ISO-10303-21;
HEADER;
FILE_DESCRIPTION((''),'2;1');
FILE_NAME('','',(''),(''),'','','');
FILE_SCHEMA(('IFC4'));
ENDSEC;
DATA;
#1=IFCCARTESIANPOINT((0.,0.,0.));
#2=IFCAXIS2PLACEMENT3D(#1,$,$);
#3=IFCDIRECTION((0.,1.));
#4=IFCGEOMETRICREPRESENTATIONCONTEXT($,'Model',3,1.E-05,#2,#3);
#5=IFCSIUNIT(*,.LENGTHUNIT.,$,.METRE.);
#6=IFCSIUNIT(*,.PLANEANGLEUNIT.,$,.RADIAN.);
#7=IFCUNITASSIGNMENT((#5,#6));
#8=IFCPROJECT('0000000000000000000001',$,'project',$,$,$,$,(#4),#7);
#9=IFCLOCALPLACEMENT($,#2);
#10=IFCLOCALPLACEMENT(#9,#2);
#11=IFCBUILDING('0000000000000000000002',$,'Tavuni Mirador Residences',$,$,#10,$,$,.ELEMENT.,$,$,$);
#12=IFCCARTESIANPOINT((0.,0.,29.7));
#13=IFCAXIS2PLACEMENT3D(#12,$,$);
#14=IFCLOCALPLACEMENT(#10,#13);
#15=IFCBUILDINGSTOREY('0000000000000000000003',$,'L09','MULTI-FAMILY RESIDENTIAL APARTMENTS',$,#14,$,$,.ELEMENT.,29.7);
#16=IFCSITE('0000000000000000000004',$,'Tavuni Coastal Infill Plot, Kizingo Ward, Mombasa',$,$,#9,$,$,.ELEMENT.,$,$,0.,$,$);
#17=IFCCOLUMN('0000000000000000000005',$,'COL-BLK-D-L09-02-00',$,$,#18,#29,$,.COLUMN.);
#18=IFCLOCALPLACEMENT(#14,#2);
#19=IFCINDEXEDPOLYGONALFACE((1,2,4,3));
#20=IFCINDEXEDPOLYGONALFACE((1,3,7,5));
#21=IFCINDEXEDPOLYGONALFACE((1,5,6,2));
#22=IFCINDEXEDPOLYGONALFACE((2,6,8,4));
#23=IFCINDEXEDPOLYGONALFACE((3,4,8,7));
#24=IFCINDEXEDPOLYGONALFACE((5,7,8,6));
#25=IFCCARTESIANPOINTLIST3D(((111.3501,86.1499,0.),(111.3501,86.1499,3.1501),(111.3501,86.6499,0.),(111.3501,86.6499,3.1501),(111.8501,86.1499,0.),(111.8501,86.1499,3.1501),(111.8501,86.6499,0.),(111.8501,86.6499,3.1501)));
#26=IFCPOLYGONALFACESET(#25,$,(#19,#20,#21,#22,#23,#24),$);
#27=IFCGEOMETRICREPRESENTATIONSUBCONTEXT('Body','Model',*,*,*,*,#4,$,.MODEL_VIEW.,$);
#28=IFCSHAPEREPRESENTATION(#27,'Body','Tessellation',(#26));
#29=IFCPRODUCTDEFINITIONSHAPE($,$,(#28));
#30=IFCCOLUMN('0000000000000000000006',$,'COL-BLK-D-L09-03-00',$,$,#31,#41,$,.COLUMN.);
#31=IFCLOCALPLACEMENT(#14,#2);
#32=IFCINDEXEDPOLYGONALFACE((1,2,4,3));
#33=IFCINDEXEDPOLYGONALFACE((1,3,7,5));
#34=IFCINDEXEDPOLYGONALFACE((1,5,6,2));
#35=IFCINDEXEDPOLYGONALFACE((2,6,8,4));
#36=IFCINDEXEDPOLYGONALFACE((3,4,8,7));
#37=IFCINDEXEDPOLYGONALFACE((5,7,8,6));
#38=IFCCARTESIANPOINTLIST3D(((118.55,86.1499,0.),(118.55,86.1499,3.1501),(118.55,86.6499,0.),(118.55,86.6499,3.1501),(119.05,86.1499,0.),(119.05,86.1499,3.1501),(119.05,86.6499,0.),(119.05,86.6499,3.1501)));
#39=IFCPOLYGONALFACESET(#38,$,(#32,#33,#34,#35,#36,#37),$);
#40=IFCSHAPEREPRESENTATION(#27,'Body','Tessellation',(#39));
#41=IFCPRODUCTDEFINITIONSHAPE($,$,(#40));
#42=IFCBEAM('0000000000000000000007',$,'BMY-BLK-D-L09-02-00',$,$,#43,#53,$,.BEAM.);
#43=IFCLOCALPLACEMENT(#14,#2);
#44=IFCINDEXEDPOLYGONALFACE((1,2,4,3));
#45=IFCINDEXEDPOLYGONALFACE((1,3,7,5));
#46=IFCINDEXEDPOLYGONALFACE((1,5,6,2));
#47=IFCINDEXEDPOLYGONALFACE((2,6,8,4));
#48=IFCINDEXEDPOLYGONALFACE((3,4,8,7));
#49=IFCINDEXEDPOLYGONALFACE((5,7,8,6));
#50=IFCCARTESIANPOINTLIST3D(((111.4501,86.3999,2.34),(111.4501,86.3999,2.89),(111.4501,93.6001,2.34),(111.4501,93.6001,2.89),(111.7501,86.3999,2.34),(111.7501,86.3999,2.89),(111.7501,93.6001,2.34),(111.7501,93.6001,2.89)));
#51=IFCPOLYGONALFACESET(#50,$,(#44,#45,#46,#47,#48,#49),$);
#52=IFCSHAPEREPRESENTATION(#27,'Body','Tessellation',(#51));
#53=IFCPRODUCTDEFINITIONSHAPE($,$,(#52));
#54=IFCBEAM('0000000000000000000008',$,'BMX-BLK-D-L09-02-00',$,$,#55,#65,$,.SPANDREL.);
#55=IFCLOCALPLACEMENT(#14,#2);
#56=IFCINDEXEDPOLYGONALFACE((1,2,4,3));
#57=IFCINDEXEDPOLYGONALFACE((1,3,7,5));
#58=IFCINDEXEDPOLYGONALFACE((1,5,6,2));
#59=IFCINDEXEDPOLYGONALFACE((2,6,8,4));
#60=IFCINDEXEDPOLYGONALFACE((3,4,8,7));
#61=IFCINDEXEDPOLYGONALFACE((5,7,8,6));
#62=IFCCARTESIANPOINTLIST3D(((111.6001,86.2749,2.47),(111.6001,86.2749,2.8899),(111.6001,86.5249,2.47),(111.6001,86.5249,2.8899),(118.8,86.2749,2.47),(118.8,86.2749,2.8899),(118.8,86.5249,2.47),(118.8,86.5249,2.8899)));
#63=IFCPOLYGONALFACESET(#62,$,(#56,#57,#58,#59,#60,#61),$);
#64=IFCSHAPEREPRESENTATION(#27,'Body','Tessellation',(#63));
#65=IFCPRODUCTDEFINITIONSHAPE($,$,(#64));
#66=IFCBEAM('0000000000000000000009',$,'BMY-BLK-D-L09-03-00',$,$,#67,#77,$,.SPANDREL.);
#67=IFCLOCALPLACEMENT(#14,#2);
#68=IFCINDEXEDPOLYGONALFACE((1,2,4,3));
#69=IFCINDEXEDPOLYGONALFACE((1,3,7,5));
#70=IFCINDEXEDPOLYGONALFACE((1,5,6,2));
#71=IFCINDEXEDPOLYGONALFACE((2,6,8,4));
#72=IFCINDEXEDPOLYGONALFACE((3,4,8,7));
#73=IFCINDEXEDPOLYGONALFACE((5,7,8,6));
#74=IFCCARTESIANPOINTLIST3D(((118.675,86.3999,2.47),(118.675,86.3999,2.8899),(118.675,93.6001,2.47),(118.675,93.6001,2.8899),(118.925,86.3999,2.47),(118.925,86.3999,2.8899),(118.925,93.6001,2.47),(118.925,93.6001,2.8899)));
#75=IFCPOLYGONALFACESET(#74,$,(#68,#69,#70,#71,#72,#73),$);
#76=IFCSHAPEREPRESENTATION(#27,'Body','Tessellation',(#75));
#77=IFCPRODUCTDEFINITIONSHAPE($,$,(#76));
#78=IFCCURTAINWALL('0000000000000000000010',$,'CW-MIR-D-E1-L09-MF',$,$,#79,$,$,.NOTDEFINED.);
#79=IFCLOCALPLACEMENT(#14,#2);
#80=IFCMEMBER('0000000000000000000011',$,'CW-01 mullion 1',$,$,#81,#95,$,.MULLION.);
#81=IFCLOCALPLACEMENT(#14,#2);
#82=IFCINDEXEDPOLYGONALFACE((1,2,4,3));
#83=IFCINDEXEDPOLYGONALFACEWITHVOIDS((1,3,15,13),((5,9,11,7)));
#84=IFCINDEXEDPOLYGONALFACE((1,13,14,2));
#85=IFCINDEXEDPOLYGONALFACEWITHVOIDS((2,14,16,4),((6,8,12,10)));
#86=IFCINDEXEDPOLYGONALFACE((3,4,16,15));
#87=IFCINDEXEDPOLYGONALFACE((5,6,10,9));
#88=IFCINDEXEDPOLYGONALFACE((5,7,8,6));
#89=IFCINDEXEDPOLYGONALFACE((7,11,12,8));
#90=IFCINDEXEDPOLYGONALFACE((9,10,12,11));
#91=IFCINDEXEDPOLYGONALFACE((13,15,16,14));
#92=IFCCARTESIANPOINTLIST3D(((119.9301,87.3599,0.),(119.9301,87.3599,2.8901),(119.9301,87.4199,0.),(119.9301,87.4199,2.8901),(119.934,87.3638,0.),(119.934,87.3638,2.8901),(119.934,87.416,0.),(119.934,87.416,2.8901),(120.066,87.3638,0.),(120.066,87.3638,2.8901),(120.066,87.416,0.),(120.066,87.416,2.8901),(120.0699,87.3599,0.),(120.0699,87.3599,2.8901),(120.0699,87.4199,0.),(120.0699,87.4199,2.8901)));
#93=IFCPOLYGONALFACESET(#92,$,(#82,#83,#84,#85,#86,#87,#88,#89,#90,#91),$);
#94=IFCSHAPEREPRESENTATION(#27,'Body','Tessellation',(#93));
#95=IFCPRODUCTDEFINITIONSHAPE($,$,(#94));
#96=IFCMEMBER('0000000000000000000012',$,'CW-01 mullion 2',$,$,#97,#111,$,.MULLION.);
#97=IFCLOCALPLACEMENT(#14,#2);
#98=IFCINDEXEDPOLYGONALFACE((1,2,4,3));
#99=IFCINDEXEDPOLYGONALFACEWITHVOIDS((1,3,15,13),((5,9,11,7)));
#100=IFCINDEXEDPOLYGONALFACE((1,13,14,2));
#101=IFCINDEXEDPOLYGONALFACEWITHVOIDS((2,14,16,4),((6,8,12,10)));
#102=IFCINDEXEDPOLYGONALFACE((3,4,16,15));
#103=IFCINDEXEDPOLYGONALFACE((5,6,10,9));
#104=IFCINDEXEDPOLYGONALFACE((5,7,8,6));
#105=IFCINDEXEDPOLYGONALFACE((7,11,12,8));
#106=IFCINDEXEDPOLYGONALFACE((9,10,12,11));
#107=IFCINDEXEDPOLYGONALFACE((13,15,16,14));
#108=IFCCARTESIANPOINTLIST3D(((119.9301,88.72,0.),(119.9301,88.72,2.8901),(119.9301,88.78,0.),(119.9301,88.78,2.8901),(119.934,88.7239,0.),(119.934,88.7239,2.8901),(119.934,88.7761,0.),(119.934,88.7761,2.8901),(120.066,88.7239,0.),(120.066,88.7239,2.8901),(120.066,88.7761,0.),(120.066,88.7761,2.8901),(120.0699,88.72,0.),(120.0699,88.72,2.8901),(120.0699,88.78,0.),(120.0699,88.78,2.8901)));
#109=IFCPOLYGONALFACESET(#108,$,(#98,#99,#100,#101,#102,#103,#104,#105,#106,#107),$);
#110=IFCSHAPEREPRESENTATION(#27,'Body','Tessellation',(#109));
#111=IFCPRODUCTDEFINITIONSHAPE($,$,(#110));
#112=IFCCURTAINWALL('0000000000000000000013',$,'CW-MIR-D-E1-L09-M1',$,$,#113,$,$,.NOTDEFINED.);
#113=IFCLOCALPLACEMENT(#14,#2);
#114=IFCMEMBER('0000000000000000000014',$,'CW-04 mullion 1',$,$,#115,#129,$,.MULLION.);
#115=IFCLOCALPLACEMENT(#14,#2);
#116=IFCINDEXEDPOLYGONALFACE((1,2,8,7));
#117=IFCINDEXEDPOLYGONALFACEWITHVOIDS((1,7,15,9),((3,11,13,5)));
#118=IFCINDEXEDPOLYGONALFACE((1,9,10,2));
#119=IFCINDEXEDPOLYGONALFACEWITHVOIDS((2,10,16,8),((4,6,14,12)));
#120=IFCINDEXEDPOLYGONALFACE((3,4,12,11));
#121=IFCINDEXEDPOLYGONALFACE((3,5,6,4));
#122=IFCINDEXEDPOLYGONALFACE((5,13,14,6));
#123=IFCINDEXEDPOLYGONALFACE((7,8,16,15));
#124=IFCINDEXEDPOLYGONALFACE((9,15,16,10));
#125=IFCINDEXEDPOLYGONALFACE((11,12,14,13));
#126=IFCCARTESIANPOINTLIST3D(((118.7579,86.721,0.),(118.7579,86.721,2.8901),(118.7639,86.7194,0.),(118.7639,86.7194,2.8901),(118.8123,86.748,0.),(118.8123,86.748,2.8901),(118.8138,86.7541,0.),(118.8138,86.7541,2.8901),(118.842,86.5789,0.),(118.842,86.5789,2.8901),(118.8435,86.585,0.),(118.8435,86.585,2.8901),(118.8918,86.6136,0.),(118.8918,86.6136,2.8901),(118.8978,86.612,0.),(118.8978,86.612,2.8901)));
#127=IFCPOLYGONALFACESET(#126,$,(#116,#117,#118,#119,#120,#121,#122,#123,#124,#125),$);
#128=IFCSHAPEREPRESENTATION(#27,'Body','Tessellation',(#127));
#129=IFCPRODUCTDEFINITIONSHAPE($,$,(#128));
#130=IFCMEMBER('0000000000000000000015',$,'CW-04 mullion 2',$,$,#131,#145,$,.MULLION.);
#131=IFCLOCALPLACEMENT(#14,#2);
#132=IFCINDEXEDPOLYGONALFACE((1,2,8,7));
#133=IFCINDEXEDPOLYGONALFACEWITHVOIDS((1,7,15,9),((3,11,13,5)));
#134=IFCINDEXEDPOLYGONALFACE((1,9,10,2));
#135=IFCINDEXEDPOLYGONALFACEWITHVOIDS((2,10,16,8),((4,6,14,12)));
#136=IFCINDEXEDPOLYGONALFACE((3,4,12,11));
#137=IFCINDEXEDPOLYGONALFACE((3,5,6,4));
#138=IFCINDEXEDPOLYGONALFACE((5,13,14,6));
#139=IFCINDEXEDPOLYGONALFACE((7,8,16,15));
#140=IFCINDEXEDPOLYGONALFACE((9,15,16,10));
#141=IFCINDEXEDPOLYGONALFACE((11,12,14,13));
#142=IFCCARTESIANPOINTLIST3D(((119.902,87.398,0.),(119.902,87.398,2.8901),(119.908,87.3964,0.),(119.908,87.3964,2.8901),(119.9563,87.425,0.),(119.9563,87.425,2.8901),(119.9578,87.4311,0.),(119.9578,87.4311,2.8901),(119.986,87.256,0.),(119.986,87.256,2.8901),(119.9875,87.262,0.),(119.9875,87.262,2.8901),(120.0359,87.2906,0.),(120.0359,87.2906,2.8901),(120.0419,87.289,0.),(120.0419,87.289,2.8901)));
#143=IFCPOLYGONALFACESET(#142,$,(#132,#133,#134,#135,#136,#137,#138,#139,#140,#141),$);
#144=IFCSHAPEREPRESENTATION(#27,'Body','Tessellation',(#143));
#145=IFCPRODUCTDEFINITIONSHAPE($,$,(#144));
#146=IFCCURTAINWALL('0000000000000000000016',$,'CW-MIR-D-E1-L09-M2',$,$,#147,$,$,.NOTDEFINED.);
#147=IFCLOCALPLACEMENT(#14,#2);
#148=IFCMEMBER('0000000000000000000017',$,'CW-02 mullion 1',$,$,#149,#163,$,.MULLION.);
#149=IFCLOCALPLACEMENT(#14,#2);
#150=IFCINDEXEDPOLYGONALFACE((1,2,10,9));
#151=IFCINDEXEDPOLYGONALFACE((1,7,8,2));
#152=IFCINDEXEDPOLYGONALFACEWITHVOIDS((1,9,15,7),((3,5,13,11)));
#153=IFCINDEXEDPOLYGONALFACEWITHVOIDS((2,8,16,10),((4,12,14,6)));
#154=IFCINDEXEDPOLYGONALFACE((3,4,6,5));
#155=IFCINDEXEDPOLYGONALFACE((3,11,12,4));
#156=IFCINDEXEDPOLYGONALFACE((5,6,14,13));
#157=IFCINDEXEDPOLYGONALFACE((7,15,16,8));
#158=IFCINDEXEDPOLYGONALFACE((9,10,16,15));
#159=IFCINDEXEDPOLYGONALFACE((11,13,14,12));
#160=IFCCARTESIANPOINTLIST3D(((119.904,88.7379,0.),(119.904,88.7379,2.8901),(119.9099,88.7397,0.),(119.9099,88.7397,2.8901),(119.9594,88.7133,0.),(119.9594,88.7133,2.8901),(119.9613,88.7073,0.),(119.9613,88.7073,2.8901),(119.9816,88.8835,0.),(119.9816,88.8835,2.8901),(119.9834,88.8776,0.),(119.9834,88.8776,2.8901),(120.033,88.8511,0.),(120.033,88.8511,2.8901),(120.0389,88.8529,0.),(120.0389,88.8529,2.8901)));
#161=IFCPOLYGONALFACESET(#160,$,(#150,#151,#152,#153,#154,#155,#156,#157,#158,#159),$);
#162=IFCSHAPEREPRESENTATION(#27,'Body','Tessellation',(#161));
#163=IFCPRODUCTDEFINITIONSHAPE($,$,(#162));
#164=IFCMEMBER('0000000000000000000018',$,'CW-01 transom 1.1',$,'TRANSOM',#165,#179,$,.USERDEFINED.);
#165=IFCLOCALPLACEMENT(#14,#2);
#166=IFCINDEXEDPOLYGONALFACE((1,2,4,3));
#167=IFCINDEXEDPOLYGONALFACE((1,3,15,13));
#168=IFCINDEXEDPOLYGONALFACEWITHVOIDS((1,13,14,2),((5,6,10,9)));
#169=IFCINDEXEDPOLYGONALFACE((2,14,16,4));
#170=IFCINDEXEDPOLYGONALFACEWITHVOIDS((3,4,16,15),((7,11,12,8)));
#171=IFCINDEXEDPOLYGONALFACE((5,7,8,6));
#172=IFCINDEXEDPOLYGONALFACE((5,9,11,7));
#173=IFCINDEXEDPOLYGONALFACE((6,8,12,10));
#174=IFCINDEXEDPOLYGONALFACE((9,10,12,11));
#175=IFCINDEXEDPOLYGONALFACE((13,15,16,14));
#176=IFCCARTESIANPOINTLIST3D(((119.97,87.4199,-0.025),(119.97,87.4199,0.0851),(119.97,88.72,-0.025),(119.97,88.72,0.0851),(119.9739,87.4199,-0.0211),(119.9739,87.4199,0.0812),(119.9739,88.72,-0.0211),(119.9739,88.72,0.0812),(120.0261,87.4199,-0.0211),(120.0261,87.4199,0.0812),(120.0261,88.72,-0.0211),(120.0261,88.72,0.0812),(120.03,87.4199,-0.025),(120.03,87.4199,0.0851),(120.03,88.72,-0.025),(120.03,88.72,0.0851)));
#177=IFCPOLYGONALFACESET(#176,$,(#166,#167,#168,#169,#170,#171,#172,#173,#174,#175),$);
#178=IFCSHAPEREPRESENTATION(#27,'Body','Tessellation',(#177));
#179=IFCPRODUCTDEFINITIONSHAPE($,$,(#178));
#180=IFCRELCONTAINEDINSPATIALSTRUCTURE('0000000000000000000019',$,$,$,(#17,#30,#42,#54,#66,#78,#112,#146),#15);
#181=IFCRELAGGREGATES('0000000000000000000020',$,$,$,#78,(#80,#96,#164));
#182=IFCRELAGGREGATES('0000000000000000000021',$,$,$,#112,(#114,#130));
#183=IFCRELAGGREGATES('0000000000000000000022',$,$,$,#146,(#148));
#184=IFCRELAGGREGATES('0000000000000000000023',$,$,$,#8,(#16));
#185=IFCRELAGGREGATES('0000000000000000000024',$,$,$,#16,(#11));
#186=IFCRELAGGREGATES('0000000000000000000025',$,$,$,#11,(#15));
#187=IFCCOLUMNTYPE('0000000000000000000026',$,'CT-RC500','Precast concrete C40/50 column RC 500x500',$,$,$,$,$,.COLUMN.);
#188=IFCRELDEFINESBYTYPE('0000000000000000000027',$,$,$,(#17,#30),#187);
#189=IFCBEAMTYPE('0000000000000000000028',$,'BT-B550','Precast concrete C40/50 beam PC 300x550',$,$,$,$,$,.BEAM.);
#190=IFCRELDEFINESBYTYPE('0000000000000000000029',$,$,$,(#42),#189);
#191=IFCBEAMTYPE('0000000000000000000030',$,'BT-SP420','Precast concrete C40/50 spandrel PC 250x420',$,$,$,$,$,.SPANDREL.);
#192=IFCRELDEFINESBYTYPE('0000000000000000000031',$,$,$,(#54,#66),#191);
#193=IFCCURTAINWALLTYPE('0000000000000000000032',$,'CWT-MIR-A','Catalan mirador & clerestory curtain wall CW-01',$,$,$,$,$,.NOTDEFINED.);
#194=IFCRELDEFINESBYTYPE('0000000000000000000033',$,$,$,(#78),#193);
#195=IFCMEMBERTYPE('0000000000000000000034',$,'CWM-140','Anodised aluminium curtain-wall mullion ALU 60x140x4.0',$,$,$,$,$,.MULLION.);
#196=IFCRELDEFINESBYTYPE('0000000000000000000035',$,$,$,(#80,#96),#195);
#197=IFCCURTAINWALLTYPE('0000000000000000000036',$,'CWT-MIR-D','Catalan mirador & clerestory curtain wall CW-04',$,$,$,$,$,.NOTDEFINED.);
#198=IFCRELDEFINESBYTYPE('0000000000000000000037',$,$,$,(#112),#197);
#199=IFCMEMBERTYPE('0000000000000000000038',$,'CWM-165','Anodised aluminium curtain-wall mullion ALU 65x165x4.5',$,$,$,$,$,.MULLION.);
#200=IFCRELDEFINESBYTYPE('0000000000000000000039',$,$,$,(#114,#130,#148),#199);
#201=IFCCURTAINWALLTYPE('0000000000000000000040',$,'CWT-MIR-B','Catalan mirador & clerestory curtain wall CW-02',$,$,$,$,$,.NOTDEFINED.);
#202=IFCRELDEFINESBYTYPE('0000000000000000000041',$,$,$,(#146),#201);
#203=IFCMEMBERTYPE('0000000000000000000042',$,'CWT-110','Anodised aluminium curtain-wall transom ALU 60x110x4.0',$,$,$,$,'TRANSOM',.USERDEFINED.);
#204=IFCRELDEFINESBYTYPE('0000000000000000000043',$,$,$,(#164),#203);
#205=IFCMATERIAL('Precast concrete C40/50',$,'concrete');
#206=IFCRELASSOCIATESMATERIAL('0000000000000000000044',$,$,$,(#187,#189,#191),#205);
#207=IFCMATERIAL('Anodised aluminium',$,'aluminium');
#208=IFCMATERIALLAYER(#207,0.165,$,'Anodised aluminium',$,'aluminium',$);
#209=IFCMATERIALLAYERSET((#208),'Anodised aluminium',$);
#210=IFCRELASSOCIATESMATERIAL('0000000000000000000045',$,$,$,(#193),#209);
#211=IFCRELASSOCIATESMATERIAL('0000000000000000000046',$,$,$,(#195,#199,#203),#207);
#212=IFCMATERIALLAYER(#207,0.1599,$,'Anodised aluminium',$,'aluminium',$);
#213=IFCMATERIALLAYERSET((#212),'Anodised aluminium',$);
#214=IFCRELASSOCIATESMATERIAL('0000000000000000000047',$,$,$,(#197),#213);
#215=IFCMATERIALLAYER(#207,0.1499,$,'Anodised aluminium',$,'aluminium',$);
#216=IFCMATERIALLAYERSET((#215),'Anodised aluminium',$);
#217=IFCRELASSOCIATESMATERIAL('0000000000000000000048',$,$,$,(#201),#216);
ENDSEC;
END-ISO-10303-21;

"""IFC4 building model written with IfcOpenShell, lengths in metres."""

from ifc_helpers import new_model, si_unit, direction, frame, origin, origin_2d, place, context, subcontext, project, spatial, rectangle, hollow_rectangle, extrude, material, layer, layer_set, material_profile, profile_set, type_object, element, aggregate, save


model = new_model("IFC4")

# Units and contexts
model_context = context("Model", 3, precision=1e-05, world=origin(), true_north=direction((0.0, 1.0)))
body_context = subcontext(model_context, "Body", "Model", "MODEL_VIEW")
ifc_project = project(units=[si_unit("LENGTHUNIT", "METRE"), si_unit("PLANEANGLEUNIT", "RADIAN")], contexts=[model_context])

# Site, building, storey
site_placement = place(None, origin())
site = spatial("IfcSite", under=ifc_project, at=site_placement, Name="Tavuni Coastal Infill Plot, Kizingo Ward, Mombasa", CompositionType="ELEMENT", RefElevation=0.0)
building_placement = place(site_placement, origin())
building = spatial("IfcBuilding", under=site, at=building_placement, Name="Tavuni Mirador Residences", CompositionType="ELEMENT")
storey_placement = place(building_placement, frame((0.0, 0.0, 29.7)))
storey = spatial("IfcBuildingStorey", under=building, at=storey_placement, Name="L09", Description="MULTI-FAMILY RESIDENTIAL APARTMENTS", CompositionType="ELEMENT", Elevation=29.7)

# Columns
ifc_material_1 = material(Name="Precast concrete C40/50", Category="concrete")
ifc_material_profile_1 = material_profile(ifc_material_1, rectangle(XDim=0.5, YDim=0.5, at=origin_2d()), Name="RC 500x500", Category="concrete")
ifc_profile_set_1 = profile_set([ifc_material_profile_1], Name="Precast concrete C40/50")
column_type = type_object("IfcColumnType", Name="CT-RC500", Description="Precast concrete C40/50 column RC 500x500", PredefinedType="COLUMN", material=ifc_profile_set_1)
for number, where, z_axis, x_axis, name in (
    (1, (111.6001, 86.3999, 0.0), (0.0, 0.0, 1.0), (1.0, 0.0, 0.0), "COL-BLK-D-L09-02-00"),
    (2, (118.8, 86.3999, 0.0), (0.0, 0.0, 1.0), (1.0, 0.0, 0.0), "COL-BLK-D-L09-03-00"),
):
    element("IfcColumn", number, at=place(storey_placement, frame(where, z_axis=z_axis, x_axis=x_axis)), inside=storey, type_object=column_type, Name=name, PredefinedType="COLUMN", context=body_context, shape_type="SweptSolid", body=[
        extrude(rectangle(XDim=0.5, YDim=0.5, at=origin_2d()), origin(), (0.0, 0.0, 1.0), 3.1501),
    ])

# Beams
ifc_material_profile_2 = material_profile(ifc_material_1, rectangle(XDim=0.3, YDim=0.55, at=origin_2d()), Name="PC 300x550", Category="concrete")
ifc_profile_set_2 = profile_set([ifc_material_profile_2], Name="Precast concrete C40/50")
beam_type_1 = type_object("IfcBeamType", Name="BT-B550", Description="Precast concrete C40/50 beam PC 300x550", PredefinedType="BEAM", material=ifc_profile_set_2)
beam_1_placement = place(storey_placement, frame((111.6001, 86.3999, 2.615), z_axis=(0.0, 1.0, 0.0), x_axis=(-1.0, 0.0, 0.0)))
element("IfcBeam", 3, at=beam_1_placement, inside=storey, type_object=beam_type_1, Name="BMY-BLK-D-L09-02-00", PredefinedType="BEAM", context=body_context, shape_type="SweptSolid", body=[
    extrude(rectangle(XDim=0.3, YDim=0.55, at=origin_2d()), origin(), (0.0, 0.0, 1.0), 7.2002),
])
ifc_material_profile_3 = material_profile(ifc_material_1, rectangle(XDim=0.25, YDim=0.4199, at=origin_2d()), Name="PC 250x420", Category="concrete")
ifc_profile_set_3 = profile_set([ifc_material_profile_3], Name="Precast concrete C40/50")
beam_type_2 = type_object("IfcBeamType", Name="BT-SP420", Description="Precast concrete C40/50 spandrel PC 250x420", PredefinedType="SPANDREL", material=ifc_profile_set_3)
beam_2_placement = place(storey_placement, frame((111.6001, 86.3999, 2.6799), z_axis=(1.0, 0.0, 0.0), x_axis=(0.0, 1.0, 0.0)))
element("IfcBeam", 4, at=beam_2_placement, inside=storey, type_object=beam_type_2, Name="BMX-BLK-D-L09-02-00", PredefinedType="SPANDREL", context=body_context, shape_type="SweptSolid", body=[
    extrude(rectangle(XDim=0.25, YDim=0.4199, at=origin_2d()), origin(), (0.0, 0.0, 1.0), 7.2),
])
beam_3_placement = place(storey_placement, frame((118.8, 86.3999, 2.6799), z_axis=(0.0, 1.0, 0.0), x_axis=(-1.0, 0.0, 0.0)))
element("IfcBeam", 5, at=beam_3_placement, inside=storey, type_object=beam_type_2, Name="BMY-BLK-D-L09-03-00", PredefinedType="SPANDREL", context=body_context, shape_type="SweptSolid", body=[
    extrude(rectangle(XDim=0.25, YDim=0.4199, at=origin_2d()), origin(), (0.0, 0.0, 1.0), 7.2002),
])

# Curtain walls, members
ifc_material_2 = material(Name="Anodised aluminium", Category="aluminium")
ifc_layer_1 = layer(ifc_material_2, 0.165, Name="Anodised aluminium", Category="aluminium")
ifc_layer_set_1 = layer_set([ifc_layer_1], Name="Anodised aluminium")
curtain_wall_type_1 = type_object("IfcCurtainWallType", Name="CWT-MIR-A", Description="Catalan mirador & clerestory curtain wall CW-01", PredefinedType="NOTDEFINED", material=ifc_layer_set_1)
curtain_wall_1_placement = place(storey_placement, origin())
curtain_wall_1 = element("IfcCurtainWall", 6, at=curtain_wall_1_placement, inside=storey, type_object=curtain_wall_type_1, Name="CW-MIR-D-E1-L09-MF", PredefinedType="NOTDEFINED")
ifc_material_profile_4 = material_profile(ifc_material_2, hollow_rectangle(XDim=0.0601, YDim=0.1399, WallThickness=0.0039, at=origin_2d()), Name="ALU 60x140x4.0", Category="aluminium")
ifc_profile_set_4 = profile_set([ifc_material_profile_4], Name="Anodised aluminium")
member_type_1 = type_object("IfcMemberType", Name="CWM-140", Description="Anodised aluminium curtain-wall mullion ALU 60x140x4.0", PredefinedType="MULLION", material=ifc_profile_set_4)
member_1_placement = place(storey_placement, frame((120.0, 87.3899, 0.0), z_axis=(0.0, 0.0, 1.0), x_axis=(0.0, 1.0, 0.0)))
member_1 = element("IfcMember", 7, at=member_1_placement, type_object=member_type_1, Name="CW-01 mullion 1", PredefinedType="MULLION", context=body_context, shape_type="SweptSolid", body=[
    extrude(hollow_rectangle(XDim=0.0601, YDim=0.1399, WallThickness=0.0039, at=origin_2d()), origin(), (0.0, 0.0, 1.0), 2.8901),
])
member_2_placement = place(storey_placement, frame((120.0, 88.75, 0.0), z_axis=(0.0, 0.0, 1.0), x_axis=(0.0, 1.0, 0.0)))
member_2 = element("IfcMember", 8, at=member_2_placement, type_object=member_type_1, Name="CW-01 mullion 2", PredefinedType="MULLION", context=body_context, shape_type="SweptSolid", body=[
    extrude(hollow_rectangle(XDim=0.0601, YDim=0.1399, WallThickness=0.0039, at=origin_2d()), origin(), (0.0, 0.0, 1.0), 2.8901),
])
ifc_layer_2 = layer(ifc_material_2, 0.1599, Name="Anodised aluminium", Category="aluminium")
ifc_layer_set_2 = layer_set([ifc_layer_2], Name="Anodised aluminium")
curtain_wall_type_2 = type_object("IfcCurtainWallType", Name="CWT-MIR-D", Description="Catalan mirador & clerestory curtain wall CW-04", PredefinedType="NOTDEFINED", material=ifc_layer_set_2)
curtain_wall_2_placement = place(storey_placement, origin())
curtain_wall_2 = element("IfcCurtainWall", 9, at=curtain_wall_2_placement, inside=storey, type_object=curtain_wall_type_2, Name="CW-MIR-D-E1-L09-M1", PredefinedType="NOTDEFINED")
ifc_material_profile_5 = material_profile(ifc_material_2, hollow_rectangle(XDim=0.0649, YDim=0.165, WallThickness=0.0044, at=origin_2d()), Name="ALU 65x165x4.5", Category="aluminium")
ifc_profile_set_5 = profile_set([ifc_material_profile_5], Name="Anodised aluminium")
member_type_2 = type_object("IfcMemberType", Name="CWM-165", Description="Anodised aluminium curtain-wall mullion ALU 65x165x4.5", PredefinedType="MULLION", material=ifc_profile_set_5)
member_3_placement = place(storey_placement, frame((118.8279, 86.6665, 0.0), z_axis=(0.0, 0.0, 1.0), x_axis=(0.860641, 0.509212, 0.0)))
member_3 = element("IfcMember", 10, at=member_3_placement, type_object=member_type_2, Name="CW-04 mullion 1", PredefinedType="MULLION", context=body_context, shape_type="SweptSolid", body=[
    extrude(hollow_rectangle(XDim=0.0649, YDim=0.165, WallThickness=0.0044, at=origin_2d()), origin(), (0.0, 0.0, 1.0), 2.8901),
])
member_4_placement = place(storey_placement, frame((119.9719, 87.3435, 0.0), z_axis=(0.0, 0.0, 1.0), x_axis=(0.860641, 0.509212, 0.0)))
member_4 = element("IfcMember", 11, at=member_4_placement, type_object=member_type_2, Name="CW-04 mullion 2", PredefinedType="MULLION", context=body_context, shape_type="SweptSolid", body=[
    extrude(hollow_rectangle(XDim=0.0649, YDim=0.165, WallThickness=0.0044, at=origin_2d()), origin(), (0.0, 0.0, 1.0), 2.8901),
])

# Curtain wall, member
ifc_layer_3 = layer(ifc_material_2, 0.1499, Name="Anodised aluminium", Category="aluminium")
ifc_layer_set_3 = layer_set([ifc_layer_3], Name="Anodised aluminium")
curtain_wall_type_3 = type_object("IfcCurtainWallType", Name="CWT-MIR-B", Description="Catalan mirador & clerestory curtain wall CW-02", PredefinedType="NOTDEFINED", material=ifc_layer_set_3)
curtain_wall_3_placement = place(storey_placement, origin())
curtain_wall_3 = element("IfcCurtainWall", 12, at=curtain_wall_3_placement, inside=storey, type_object=curtain_wall_type_3, Name="CW-MIR-D-E1-L09-M2", PredefinedType="NOTDEFINED")
member_5_placement = place(storey_placement, frame((119.9714, 88.7954, 0.0), z_axis=(0.0, 0.0, 1.0), x_axis=(-0.882353, 0.470588, 0.0)))
member_5 = element("IfcMember", 13, at=member_5_placement, type_object=member_type_2, Name="CW-02 mullion 1", PredefinedType="MULLION", context=body_context, shape_type="SweptSolid", body=[
    extrude(hollow_rectangle(XDim=0.0649, YDim=0.165, WallThickness=0.0044, at=origin_2d()), origin(), (0.0, 0.0, 1.0), 2.8901),
])

# Member
ifc_material_profile_6 = material_profile(ifc_material_2, hollow_rectangle(XDim=0.0601, YDim=0.1101, WallThickness=0.0039, at=origin_2d()), Name="ALU 60x110x4.0", Category="aluminium")
ifc_profile_set_6 = profile_set([ifc_material_profile_6], Name="Anodised aluminium")
member_type_3 = type_object("IfcMemberType", Name="CWT-110", Description="Anodised aluminium curtain-wall transom ALU 60x110x4.0", ElementType="TRANSOM", PredefinedType="USERDEFINED", material=ifc_profile_set_6)
member_6_placement = place(storey_placement, frame((120.0, 87.4199, 0.03), z_axis=(0.0, 1.0, 0.0), x_axis=(-1.0, 0.0, 0.0)))
member_6 = element("IfcMember", 14, at=member_6_placement, type_object=member_type_3, Name="CW-01 transom 1.1", ObjectType="TRANSOM", PredefinedType="USERDEFINED", context=body_context, shape_type="SweptSolid", body=[
    extrude(hollow_rectangle(XDim=0.0601, YDim=0.1101, WallThickness=0.0039, at=origin_2d()), origin(), (0.0, 0.0, 1.0), 1.3),
])

aggregate(curtain_wall_1, [member_1, member_2, member_6])
aggregate(curtain_wall_2, [member_3, member_4])
aggregate(curtain_wall_3, [member_5])

save(model, "model.ifc")
